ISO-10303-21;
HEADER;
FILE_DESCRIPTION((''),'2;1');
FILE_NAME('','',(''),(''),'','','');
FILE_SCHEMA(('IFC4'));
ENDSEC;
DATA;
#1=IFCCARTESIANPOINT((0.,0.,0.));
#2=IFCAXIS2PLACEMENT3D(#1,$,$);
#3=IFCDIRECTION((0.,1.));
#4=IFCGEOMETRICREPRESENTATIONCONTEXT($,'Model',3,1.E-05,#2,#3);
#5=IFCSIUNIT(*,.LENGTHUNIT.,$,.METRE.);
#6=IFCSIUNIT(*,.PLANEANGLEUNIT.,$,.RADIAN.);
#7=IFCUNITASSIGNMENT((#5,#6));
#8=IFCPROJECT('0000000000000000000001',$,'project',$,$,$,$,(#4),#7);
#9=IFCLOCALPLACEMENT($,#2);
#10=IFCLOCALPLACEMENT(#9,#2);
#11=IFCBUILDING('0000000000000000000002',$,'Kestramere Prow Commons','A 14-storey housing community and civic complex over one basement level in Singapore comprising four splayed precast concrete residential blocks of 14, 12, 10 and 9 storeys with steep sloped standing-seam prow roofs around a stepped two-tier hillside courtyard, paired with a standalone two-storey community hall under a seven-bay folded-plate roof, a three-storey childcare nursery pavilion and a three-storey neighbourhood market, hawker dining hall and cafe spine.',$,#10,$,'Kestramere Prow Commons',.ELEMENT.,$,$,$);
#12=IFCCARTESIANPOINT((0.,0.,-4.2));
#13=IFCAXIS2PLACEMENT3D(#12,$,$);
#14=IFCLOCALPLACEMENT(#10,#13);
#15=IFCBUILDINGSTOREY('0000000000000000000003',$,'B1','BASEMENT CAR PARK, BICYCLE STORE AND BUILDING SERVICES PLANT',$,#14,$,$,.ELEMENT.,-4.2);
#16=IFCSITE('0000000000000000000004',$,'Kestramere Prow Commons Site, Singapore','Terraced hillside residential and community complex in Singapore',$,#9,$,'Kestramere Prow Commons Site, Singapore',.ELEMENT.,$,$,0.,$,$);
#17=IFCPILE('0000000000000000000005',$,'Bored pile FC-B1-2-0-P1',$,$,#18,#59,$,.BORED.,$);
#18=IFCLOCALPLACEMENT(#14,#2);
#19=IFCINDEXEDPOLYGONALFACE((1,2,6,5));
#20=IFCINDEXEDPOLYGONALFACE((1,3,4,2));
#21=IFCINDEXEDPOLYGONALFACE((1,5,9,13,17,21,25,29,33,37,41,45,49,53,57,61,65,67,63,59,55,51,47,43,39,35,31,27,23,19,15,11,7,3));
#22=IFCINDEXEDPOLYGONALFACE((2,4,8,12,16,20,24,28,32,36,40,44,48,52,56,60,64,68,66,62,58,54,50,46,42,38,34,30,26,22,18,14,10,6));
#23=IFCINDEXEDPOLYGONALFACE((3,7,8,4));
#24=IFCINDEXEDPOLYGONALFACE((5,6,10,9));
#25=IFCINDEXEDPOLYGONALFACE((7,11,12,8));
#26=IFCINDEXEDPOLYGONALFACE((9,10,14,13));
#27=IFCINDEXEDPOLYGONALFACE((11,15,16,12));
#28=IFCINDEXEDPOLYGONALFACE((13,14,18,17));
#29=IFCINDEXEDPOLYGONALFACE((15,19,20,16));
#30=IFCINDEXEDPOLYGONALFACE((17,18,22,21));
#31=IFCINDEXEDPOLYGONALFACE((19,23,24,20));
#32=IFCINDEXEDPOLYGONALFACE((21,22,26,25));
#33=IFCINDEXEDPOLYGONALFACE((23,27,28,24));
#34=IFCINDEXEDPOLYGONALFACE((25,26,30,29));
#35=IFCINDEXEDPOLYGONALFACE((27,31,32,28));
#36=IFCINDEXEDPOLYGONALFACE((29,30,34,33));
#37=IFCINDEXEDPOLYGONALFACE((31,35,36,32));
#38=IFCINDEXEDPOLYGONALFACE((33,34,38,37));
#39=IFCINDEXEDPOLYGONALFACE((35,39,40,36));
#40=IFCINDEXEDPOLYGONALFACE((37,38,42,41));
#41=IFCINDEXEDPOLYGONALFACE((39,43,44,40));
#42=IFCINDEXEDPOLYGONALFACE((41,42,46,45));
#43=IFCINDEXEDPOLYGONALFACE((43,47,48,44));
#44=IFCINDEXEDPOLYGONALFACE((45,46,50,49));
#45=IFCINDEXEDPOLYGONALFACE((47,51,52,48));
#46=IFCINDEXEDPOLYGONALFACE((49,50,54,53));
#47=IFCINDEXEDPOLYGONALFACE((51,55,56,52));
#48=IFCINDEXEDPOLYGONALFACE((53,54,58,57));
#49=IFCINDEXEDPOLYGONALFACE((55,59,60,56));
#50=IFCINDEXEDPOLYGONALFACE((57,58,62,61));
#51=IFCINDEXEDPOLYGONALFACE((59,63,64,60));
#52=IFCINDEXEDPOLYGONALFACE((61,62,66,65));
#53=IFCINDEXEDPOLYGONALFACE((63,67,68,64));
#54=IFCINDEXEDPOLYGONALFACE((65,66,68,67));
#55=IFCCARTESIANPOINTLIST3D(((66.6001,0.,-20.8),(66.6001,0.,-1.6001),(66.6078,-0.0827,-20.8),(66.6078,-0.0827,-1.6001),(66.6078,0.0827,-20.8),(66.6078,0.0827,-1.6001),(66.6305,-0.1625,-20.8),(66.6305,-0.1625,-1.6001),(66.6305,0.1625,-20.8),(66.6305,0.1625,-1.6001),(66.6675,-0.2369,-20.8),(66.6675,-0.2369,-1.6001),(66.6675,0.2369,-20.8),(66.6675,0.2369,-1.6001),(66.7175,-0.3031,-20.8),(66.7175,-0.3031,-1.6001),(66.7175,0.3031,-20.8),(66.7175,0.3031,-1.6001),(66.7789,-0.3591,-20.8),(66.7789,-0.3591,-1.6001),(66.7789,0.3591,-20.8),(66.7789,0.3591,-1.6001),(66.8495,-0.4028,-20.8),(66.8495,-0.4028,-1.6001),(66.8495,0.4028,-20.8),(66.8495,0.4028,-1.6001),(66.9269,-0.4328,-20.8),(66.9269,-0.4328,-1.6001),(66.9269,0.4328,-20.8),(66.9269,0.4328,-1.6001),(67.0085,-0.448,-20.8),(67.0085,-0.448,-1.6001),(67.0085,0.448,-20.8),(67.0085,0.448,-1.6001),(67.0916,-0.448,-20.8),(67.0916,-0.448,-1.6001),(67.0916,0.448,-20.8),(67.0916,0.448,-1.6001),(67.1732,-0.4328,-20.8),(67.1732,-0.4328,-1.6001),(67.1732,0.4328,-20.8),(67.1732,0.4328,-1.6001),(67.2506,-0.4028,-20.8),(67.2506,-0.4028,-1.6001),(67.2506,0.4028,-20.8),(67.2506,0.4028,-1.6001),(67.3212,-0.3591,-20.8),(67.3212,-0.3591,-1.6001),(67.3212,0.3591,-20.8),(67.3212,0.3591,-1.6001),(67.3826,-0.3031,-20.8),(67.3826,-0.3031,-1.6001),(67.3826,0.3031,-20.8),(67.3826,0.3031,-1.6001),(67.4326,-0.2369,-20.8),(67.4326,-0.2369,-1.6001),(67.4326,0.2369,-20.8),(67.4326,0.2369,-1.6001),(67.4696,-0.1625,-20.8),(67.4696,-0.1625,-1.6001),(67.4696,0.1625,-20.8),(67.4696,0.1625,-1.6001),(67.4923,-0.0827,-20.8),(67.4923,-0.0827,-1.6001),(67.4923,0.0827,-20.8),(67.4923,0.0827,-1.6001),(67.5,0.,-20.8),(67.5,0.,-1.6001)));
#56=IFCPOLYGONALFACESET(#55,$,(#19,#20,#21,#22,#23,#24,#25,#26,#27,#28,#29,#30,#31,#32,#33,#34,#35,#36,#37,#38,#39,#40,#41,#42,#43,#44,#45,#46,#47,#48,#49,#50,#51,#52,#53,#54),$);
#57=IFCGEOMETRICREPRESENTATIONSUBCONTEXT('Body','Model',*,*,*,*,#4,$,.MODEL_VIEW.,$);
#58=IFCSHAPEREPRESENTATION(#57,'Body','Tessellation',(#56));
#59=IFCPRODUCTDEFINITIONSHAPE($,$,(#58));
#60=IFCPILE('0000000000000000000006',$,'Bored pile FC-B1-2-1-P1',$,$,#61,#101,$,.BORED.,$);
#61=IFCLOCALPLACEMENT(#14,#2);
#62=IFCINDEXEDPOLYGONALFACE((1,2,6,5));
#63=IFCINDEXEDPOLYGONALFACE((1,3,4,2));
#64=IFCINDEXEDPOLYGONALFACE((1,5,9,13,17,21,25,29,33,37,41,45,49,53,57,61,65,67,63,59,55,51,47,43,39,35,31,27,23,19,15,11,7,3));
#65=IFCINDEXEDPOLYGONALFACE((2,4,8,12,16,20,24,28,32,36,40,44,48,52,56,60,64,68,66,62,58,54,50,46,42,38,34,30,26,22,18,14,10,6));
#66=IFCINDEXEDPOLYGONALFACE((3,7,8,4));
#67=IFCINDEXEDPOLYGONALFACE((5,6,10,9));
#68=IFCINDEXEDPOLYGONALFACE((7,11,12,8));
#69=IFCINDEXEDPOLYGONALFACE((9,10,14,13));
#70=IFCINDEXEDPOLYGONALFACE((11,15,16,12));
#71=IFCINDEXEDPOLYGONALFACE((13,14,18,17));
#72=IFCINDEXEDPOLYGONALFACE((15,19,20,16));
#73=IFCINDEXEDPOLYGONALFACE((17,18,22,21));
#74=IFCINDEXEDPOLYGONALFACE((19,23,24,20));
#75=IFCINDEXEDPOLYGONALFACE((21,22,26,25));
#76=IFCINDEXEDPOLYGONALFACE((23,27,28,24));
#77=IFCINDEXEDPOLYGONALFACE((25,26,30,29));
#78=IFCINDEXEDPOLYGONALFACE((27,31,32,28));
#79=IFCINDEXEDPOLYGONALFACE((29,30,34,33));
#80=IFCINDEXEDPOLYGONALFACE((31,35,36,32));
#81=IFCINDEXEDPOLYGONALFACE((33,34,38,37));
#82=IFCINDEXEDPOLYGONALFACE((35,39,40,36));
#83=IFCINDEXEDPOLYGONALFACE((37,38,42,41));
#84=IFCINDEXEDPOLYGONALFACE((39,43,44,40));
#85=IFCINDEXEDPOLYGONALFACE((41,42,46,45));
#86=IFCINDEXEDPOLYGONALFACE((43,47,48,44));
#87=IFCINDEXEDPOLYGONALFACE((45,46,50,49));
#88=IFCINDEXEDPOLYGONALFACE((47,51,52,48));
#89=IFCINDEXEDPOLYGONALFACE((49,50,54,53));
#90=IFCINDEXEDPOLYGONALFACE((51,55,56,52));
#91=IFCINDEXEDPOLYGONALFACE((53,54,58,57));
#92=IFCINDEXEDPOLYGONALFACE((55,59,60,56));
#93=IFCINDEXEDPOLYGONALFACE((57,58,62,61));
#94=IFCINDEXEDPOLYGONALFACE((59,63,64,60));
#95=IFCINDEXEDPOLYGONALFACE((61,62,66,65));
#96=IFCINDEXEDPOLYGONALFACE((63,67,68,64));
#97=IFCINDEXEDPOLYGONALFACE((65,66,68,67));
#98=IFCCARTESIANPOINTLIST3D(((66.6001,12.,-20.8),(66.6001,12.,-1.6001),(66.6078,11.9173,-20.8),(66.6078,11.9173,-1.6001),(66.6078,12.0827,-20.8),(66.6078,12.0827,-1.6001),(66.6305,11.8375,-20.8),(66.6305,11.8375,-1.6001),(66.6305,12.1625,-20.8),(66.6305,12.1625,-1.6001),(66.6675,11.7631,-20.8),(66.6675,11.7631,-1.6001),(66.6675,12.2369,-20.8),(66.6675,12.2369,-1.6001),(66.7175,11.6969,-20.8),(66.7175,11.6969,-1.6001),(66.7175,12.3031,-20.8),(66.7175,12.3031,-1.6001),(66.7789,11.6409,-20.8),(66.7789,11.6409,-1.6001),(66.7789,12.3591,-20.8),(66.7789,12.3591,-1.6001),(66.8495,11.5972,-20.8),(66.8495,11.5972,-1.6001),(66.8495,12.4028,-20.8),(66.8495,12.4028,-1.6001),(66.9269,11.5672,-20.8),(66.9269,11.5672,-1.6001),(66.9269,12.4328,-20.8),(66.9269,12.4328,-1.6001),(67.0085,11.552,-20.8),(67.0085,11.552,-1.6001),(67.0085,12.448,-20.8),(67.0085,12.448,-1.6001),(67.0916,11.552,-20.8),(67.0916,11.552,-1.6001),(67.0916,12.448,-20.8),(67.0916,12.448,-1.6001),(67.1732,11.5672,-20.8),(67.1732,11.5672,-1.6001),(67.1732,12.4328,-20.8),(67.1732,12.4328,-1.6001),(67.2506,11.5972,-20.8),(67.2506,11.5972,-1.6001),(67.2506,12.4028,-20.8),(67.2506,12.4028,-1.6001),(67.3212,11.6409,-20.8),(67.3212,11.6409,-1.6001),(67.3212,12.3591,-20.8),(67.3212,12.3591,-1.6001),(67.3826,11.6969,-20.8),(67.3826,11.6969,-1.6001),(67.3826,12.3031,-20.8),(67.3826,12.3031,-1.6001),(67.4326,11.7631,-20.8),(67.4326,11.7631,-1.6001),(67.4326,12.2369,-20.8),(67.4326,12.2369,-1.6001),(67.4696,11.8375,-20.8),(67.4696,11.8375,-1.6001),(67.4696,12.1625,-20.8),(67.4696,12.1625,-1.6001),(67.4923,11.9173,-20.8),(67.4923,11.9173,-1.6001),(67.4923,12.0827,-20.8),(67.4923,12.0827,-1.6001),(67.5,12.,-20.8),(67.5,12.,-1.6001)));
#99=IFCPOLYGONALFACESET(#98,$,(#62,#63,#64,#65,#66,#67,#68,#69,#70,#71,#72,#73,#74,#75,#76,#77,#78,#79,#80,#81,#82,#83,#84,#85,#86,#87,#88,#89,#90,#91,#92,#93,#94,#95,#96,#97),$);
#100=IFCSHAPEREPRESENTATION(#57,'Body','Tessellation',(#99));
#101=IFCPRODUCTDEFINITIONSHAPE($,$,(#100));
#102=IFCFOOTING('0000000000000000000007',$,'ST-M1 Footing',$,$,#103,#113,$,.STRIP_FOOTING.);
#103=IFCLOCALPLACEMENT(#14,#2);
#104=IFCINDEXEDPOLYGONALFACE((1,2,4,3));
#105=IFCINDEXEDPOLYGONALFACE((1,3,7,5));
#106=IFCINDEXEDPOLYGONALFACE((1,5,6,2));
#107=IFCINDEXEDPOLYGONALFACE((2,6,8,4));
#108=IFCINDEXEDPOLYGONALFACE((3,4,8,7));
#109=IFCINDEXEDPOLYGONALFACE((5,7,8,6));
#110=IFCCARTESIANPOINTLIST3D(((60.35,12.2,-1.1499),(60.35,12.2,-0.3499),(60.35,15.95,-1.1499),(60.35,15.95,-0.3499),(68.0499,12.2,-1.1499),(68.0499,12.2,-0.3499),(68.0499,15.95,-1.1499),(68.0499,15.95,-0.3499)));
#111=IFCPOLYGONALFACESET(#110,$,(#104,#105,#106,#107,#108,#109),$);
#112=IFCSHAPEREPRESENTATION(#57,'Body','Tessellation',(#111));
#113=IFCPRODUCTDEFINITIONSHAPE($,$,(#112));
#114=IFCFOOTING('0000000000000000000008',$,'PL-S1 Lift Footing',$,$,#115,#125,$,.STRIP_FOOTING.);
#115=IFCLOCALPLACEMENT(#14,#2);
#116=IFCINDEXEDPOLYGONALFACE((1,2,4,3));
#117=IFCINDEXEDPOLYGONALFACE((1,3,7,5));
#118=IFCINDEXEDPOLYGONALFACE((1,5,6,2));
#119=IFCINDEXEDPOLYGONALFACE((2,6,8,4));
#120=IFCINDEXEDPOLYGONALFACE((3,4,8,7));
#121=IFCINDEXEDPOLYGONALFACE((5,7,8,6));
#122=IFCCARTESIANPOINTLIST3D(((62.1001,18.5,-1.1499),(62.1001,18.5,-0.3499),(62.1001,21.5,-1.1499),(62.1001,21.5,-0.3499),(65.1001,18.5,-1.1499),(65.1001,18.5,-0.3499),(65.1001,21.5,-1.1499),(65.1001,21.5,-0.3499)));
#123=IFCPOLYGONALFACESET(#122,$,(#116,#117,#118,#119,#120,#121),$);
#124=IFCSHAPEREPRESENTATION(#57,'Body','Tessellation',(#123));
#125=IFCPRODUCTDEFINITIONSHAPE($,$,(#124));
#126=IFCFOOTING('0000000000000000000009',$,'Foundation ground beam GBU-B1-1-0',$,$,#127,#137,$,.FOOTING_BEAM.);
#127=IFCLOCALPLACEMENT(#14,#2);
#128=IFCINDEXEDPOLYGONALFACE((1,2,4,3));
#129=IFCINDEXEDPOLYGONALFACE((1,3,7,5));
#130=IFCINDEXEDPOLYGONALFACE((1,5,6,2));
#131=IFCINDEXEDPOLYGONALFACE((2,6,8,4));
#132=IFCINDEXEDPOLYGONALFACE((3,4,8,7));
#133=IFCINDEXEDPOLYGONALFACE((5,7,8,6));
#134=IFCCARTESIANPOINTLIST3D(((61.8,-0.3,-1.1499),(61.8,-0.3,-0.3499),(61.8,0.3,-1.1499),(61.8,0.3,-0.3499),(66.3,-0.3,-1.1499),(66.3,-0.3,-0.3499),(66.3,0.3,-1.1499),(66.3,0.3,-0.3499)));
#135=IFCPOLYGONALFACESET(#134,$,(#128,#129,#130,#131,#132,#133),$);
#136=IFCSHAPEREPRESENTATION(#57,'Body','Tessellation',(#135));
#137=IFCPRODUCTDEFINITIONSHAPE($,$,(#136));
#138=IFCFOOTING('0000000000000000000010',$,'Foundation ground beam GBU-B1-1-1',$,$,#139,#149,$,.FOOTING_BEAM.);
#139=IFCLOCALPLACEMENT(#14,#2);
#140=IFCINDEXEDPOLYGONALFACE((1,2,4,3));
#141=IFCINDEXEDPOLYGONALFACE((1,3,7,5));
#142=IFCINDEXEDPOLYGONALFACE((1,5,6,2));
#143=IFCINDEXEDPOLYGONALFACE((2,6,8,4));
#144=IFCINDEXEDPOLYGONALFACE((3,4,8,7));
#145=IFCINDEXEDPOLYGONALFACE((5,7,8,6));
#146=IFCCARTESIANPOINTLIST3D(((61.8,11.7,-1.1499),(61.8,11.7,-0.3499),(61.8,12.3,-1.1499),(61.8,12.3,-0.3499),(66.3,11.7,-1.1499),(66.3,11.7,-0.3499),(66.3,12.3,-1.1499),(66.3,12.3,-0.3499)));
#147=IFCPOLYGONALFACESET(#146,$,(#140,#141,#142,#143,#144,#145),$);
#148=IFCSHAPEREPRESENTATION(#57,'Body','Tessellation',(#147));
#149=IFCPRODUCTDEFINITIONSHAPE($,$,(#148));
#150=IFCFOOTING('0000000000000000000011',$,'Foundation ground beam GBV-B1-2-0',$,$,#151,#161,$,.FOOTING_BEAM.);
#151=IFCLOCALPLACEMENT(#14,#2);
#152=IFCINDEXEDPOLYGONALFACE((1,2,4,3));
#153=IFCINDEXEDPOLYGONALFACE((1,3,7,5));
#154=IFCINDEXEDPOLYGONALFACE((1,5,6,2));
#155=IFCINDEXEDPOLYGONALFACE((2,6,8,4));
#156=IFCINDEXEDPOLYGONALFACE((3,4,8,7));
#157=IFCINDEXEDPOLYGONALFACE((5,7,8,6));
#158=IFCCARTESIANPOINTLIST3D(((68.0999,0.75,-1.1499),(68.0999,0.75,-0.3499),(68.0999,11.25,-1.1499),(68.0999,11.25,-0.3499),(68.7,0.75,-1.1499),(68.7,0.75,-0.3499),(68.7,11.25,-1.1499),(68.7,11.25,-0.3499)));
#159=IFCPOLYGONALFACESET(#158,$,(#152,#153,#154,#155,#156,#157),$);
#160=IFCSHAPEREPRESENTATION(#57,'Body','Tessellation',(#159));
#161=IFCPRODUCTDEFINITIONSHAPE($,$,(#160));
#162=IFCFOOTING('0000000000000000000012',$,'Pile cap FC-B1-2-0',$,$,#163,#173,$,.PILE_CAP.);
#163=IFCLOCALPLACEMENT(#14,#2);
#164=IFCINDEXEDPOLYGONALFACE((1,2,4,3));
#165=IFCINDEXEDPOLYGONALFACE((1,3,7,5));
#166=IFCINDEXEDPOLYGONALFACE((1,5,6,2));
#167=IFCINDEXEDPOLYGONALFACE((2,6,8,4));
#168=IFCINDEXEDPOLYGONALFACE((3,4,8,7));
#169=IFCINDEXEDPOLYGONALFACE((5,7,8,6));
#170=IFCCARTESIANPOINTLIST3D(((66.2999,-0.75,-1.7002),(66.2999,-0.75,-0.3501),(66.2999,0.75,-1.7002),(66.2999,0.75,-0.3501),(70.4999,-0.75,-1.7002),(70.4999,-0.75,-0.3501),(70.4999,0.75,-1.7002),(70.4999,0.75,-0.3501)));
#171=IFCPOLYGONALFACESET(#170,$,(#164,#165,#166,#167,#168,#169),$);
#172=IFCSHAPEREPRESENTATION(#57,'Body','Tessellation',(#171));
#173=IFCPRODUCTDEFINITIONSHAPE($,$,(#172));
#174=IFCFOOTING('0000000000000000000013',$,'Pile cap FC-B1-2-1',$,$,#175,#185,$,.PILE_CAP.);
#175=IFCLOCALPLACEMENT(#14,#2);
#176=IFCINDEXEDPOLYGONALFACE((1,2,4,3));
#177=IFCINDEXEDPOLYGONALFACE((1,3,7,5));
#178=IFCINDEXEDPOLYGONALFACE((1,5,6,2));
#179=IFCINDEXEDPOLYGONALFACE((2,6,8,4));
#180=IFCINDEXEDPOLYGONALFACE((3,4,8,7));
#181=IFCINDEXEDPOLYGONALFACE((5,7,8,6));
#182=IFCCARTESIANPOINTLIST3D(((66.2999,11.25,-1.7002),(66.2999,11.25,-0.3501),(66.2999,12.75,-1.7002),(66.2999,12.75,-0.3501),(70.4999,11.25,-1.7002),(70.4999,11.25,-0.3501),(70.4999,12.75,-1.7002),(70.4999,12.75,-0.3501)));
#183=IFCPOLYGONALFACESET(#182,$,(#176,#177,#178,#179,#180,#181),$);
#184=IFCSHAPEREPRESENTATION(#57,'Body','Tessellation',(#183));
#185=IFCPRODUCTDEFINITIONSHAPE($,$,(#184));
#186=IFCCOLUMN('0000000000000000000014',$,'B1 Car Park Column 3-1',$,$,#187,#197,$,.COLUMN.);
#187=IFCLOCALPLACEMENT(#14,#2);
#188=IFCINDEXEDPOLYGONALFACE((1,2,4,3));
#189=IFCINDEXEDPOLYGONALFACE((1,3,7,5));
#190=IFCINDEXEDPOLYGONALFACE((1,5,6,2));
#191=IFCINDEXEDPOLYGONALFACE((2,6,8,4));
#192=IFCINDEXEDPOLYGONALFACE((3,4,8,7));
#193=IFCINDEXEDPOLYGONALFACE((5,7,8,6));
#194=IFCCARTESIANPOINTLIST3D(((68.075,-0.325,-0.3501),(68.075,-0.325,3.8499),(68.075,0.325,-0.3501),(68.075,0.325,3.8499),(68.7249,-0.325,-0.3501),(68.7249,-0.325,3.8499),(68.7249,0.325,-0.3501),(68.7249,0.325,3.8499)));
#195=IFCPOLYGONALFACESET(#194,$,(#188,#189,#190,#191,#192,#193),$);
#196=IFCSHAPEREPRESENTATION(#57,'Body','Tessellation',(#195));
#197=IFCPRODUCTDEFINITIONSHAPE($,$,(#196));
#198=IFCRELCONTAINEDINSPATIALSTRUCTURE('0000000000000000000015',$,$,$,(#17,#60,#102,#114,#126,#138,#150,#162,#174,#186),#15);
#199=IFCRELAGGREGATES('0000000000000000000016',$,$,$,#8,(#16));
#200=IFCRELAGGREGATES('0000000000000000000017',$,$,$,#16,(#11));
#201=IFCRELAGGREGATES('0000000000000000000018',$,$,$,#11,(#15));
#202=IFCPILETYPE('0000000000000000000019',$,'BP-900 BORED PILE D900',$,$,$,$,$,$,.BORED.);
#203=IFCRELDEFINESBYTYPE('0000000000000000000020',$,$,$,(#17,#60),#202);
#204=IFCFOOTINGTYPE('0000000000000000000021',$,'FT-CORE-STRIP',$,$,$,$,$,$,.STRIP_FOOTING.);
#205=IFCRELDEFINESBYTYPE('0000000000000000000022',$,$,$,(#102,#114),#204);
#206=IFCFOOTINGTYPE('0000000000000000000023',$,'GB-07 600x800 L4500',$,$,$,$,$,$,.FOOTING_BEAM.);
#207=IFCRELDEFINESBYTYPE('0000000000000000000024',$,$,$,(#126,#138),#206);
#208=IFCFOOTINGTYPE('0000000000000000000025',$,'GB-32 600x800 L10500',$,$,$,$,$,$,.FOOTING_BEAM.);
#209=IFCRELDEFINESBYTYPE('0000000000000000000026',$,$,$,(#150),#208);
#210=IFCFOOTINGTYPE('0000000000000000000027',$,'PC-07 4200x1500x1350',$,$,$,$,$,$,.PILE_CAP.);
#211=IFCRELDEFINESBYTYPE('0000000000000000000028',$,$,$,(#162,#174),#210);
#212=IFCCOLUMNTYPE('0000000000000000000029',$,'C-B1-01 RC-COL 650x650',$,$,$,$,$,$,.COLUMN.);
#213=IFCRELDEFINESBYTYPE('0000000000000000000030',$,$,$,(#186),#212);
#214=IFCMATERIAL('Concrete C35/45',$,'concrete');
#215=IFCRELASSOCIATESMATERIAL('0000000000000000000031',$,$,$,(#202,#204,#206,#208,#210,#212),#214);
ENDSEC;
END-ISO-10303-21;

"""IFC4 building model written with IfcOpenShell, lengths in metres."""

from ifc_helpers import new_model, si_unit, direction, frame, origin, origin_2d, place, context, subcontext, project, spatial, rectangle, circle, extrude, material, material_profile, profile_set, type_object, element, save


model = new_model("IFC4")

# Units and contexts
model_context = context("Model", 3, precision=1e-05, world=origin(), true_north=direction((0.0, 1.0)))
body_context = subcontext(model_context, "Body", "Model", "MODEL_VIEW")
ifc_project = project(units=[si_unit("LENGTHUNIT", "METRE"), si_unit("PLANEANGLEUNIT", "RADIAN")], contexts=[model_context])

# Site, building, storey
site_placement = place(None, origin())
site = spatial("IfcSite", under=ifc_project, at=site_placement, Name="Kestramere Prow Commons Site, Singapore", Description="Terraced hillside residential and community complex in Singapore", LongName="Kestramere Prow Commons Site, Singapore", CompositionType="ELEMENT", RefElevation=0.0)
building_placement = place(site_placement, origin())
building = spatial("IfcBuilding", under=site, at=building_placement, Name="Kestramere Prow Commons", Description="A 14-storey housing community and civic complex over one basement level in Singapore comprising four splayed precast concrete residential blocks of 14, 12, 10 and 9 storeys with steep sloped standing-seam prow roofs around a stepped two-tier hillside courtyard, paired with a standalone two-storey community hall under a seven-bay folded-plate roof, a three-storey childcare nursery pavilion and a three-storey neighbourhood market, hawker dining hall and cafe spine.", LongName="Kestramere Prow Commons", CompositionType="ELEMENT")
storey_placement = place(building_placement, frame((0.0, 0.0, -4.2)))
storey = spatial("IfcBuildingStorey", under=building, at=storey_placement, Name="B1", Description="BASEMENT CAR PARK, BICYCLE STORE AND BUILDING SERVICES PLANT", CompositionType="ELEMENT", Elevation=-4.2)

# Piles
ifc_material_1 = material(Name="Concrete C35/45", Category="concrete")
ifc_material_profile_1 = material_profile(ifc_material_1, circle(Radius=0.45, at=origin_2d()), Name="BORED PILE D900")
ifc_profile_set_1 = profile_set([ifc_material_profile_1], Name="Concrete C35/45")
pile_type = type_object("IfcPileType", Name="BP-900 BORED PILE D900", PredefinedType="BORED", material=ifc_profile_set_1)
for number, where, z_axis, x_axis, name in (
    (1, (67.05, 0.0, -1.6001), (0.0, 0.0, -1.0), (1.0, 0.0, 0.0), "Bored pile FC-B1-2-0-P1"),
    (2, (67.05, 12.0, -1.6001), (0.0, 0.0, -1.0), (1.0, 0.0, 0.0), "Bored pile FC-B1-2-1-P1"),
):
    element("IfcPile", number, at=place(storey_placement, frame(where, z_axis=z_axis, x_axis=x_axis)), inside=storey, type_object=pile_type, Name=name, PredefinedType="BORED", context=body_context, shape_type="SweptSolid", body=[
        extrude(circle(Radius=0.45, at=origin_2d()), origin(), (0.0, 0.0, 1.0), 19.2),
    ])

# Footings
footing_type_1 = type_object("IfcFootingType", Name="FT-CORE-STRIP", PredefinedType="STRIP_FOOTING", material=ifc_material_1)
footing_1_placement = place(storey_placement, frame((64.2, 14.075, -1.1499), z_axis=(0.0, 0.0, 1.0), x_axis=(1.0, 0.0, 0.0)))
element("IfcFooting", 3, at=footing_1_placement, inside=storey, type_object=footing_type_1, Name="ST-M1 Footing", PredefinedType="STRIP_FOOTING", context=body_context, shape_type="SweptSolid", body=[
    extrude(rectangle(XDim=7.7, YDim=3.75, at=origin_2d()), origin(), (0.0, 0.0, 1.0), 0.8),
])
footing_2_placement = place(storey_placement, frame((63.6001, 20.0, -1.1499), z_axis=(0.0, 0.0, 1.0), x_axis=(1.0, 0.0, 0.0)))
element("IfcFooting", 4, at=footing_2_placement, inside=storey, type_object=footing_type_1, Name="PL-S1 Lift Footing", PredefinedType="STRIP_FOOTING", context=body_context, shape_type="SweptSolid", body=[
    extrude(rectangle(XDim=3.0, YDim=3.0, at=origin_2d()), origin(), (0.0, 0.0, 1.0), 0.8),
])
footing_type_2 = type_object("IfcFootingType", Name="GB-07 600x800 L4500", PredefinedType="FOOTING_BEAM", material=ifc_material_1)
for number, where, z_axis, x_axis, name in (
    (5, (64.05, 0.0, -1.1499), (0.0, 0.0, 1.0), (1.0, 0.0, 0.0), "Foundation ground beam GBU-B1-1-0"),
    (6, (64.05, 12.0, -1.1499), (0.0, 0.0, 1.0), (1.0, 0.0, 0.0), "Foundation ground beam GBU-B1-1-1"),
):
    element("IfcFooting", number, at=place(storey_placement, frame(where, z_axis=z_axis, x_axis=x_axis)), inside=storey, type_object=footing_type_2, Name=name, PredefinedType="FOOTING_BEAM", context=body_context, shape_type="SweptSolid", body=[
        extrude(rectangle(XDim=4.5, YDim=0.6001, at=origin_2d()), origin(), (0.0, 0.0, 1.0), 0.8),
    ])
footing_type_3 = type_object("IfcFootingType", Name="GB-32 600x800 L10500", PredefinedType="FOOTING_BEAM", material=ifc_material_1)
footing_3_placement = place(storey_placement, frame((68.3999, 6.0, -1.1499), z_axis=(0.0, 0.0, 1.0), x_axis=(0.0, 1.0, 0.0)))
element("IfcFooting", 7, at=footing_3_placement, inside=storey, type_object=footing_type_3, Name="Foundation ground beam GBV-B1-2-0", PredefinedType="FOOTING_BEAM", context=body_context, shape_type="SweptSolid", body=[
    extrude(rectangle(XDim=10.5, YDim=0.6001, at=origin_2d()), origin(), (0.0, 0.0, 1.0), 0.8),
])
footing_type_4 = type_object("IfcFootingType", Name="PC-07 4200x1500x1350", PredefinedType="PILE_CAP", material=ifc_material_1)
for number, where, z_axis, x_axis, name in (
    (8, (68.3999, 0.0, -1.7002), (0.0, 0.0, 1.0), (1.0, 0.0, 0.0), "Pile cap FC-B1-2-0"),
    (9, (68.3999, 12.0, -1.7002), (0.0, 0.0, 1.0), (1.0, 0.0, 0.0), "Pile cap FC-B1-2-1"),
):
    element("IfcFooting", number, at=place(storey_placement, frame(where, z_axis=z_axis, x_axis=x_axis)), inside=storey, type_object=footing_type_4, Name=name, PredefinedType="PILE_CAP", context=body_context, shape_type="SweptSolid", body=[
        extrude(rectangle(XDim=4.2, YDim=1.5, at=origin_2d()), origin(), (0.0, 0.0, 1.0), 1.3501),
    ])

# Column
ifc_material_profile_2 = material_profile(ifc_material_1, rectangle(XDim=0.6499, YDim=0.6499, at=origin_2d()), Name="RC-COL 650x650")
ifc_profile_set_2 = profile_set([ifc_material_profile_2], Name="Concrete C35/45")
column_type = type_object("IfcColumnType", Name="C-B1-01 RC-COL 650x650", PredefinedType="COLUMN", material=ifc_profile_set_2)
for number, where, z_axis, x_axis, name in (
    (10, (68.3999, 0.0, -0.3501), (0.0, 0.0, 1.0), (1.0, 0.0, 0.0), "B1 Car Park Column 3-1"),
):
    element("IfcColumn", number, at=place(storey_placement, frame(where, z_axis=z_axis, x_axis=x_axis)), inside=storey, type_object=column_type, Name=name, PredefinedType="COLUMN", context=body_context, shape_type="SweptSolid", body=[
        extrude(rectangle(XDim=0.6499, YDim=0.6499, at=origin_2d()), origin(), (0.0, 0.0, 1.0), 4.2),
    ])

save(model, "model.ifc")
